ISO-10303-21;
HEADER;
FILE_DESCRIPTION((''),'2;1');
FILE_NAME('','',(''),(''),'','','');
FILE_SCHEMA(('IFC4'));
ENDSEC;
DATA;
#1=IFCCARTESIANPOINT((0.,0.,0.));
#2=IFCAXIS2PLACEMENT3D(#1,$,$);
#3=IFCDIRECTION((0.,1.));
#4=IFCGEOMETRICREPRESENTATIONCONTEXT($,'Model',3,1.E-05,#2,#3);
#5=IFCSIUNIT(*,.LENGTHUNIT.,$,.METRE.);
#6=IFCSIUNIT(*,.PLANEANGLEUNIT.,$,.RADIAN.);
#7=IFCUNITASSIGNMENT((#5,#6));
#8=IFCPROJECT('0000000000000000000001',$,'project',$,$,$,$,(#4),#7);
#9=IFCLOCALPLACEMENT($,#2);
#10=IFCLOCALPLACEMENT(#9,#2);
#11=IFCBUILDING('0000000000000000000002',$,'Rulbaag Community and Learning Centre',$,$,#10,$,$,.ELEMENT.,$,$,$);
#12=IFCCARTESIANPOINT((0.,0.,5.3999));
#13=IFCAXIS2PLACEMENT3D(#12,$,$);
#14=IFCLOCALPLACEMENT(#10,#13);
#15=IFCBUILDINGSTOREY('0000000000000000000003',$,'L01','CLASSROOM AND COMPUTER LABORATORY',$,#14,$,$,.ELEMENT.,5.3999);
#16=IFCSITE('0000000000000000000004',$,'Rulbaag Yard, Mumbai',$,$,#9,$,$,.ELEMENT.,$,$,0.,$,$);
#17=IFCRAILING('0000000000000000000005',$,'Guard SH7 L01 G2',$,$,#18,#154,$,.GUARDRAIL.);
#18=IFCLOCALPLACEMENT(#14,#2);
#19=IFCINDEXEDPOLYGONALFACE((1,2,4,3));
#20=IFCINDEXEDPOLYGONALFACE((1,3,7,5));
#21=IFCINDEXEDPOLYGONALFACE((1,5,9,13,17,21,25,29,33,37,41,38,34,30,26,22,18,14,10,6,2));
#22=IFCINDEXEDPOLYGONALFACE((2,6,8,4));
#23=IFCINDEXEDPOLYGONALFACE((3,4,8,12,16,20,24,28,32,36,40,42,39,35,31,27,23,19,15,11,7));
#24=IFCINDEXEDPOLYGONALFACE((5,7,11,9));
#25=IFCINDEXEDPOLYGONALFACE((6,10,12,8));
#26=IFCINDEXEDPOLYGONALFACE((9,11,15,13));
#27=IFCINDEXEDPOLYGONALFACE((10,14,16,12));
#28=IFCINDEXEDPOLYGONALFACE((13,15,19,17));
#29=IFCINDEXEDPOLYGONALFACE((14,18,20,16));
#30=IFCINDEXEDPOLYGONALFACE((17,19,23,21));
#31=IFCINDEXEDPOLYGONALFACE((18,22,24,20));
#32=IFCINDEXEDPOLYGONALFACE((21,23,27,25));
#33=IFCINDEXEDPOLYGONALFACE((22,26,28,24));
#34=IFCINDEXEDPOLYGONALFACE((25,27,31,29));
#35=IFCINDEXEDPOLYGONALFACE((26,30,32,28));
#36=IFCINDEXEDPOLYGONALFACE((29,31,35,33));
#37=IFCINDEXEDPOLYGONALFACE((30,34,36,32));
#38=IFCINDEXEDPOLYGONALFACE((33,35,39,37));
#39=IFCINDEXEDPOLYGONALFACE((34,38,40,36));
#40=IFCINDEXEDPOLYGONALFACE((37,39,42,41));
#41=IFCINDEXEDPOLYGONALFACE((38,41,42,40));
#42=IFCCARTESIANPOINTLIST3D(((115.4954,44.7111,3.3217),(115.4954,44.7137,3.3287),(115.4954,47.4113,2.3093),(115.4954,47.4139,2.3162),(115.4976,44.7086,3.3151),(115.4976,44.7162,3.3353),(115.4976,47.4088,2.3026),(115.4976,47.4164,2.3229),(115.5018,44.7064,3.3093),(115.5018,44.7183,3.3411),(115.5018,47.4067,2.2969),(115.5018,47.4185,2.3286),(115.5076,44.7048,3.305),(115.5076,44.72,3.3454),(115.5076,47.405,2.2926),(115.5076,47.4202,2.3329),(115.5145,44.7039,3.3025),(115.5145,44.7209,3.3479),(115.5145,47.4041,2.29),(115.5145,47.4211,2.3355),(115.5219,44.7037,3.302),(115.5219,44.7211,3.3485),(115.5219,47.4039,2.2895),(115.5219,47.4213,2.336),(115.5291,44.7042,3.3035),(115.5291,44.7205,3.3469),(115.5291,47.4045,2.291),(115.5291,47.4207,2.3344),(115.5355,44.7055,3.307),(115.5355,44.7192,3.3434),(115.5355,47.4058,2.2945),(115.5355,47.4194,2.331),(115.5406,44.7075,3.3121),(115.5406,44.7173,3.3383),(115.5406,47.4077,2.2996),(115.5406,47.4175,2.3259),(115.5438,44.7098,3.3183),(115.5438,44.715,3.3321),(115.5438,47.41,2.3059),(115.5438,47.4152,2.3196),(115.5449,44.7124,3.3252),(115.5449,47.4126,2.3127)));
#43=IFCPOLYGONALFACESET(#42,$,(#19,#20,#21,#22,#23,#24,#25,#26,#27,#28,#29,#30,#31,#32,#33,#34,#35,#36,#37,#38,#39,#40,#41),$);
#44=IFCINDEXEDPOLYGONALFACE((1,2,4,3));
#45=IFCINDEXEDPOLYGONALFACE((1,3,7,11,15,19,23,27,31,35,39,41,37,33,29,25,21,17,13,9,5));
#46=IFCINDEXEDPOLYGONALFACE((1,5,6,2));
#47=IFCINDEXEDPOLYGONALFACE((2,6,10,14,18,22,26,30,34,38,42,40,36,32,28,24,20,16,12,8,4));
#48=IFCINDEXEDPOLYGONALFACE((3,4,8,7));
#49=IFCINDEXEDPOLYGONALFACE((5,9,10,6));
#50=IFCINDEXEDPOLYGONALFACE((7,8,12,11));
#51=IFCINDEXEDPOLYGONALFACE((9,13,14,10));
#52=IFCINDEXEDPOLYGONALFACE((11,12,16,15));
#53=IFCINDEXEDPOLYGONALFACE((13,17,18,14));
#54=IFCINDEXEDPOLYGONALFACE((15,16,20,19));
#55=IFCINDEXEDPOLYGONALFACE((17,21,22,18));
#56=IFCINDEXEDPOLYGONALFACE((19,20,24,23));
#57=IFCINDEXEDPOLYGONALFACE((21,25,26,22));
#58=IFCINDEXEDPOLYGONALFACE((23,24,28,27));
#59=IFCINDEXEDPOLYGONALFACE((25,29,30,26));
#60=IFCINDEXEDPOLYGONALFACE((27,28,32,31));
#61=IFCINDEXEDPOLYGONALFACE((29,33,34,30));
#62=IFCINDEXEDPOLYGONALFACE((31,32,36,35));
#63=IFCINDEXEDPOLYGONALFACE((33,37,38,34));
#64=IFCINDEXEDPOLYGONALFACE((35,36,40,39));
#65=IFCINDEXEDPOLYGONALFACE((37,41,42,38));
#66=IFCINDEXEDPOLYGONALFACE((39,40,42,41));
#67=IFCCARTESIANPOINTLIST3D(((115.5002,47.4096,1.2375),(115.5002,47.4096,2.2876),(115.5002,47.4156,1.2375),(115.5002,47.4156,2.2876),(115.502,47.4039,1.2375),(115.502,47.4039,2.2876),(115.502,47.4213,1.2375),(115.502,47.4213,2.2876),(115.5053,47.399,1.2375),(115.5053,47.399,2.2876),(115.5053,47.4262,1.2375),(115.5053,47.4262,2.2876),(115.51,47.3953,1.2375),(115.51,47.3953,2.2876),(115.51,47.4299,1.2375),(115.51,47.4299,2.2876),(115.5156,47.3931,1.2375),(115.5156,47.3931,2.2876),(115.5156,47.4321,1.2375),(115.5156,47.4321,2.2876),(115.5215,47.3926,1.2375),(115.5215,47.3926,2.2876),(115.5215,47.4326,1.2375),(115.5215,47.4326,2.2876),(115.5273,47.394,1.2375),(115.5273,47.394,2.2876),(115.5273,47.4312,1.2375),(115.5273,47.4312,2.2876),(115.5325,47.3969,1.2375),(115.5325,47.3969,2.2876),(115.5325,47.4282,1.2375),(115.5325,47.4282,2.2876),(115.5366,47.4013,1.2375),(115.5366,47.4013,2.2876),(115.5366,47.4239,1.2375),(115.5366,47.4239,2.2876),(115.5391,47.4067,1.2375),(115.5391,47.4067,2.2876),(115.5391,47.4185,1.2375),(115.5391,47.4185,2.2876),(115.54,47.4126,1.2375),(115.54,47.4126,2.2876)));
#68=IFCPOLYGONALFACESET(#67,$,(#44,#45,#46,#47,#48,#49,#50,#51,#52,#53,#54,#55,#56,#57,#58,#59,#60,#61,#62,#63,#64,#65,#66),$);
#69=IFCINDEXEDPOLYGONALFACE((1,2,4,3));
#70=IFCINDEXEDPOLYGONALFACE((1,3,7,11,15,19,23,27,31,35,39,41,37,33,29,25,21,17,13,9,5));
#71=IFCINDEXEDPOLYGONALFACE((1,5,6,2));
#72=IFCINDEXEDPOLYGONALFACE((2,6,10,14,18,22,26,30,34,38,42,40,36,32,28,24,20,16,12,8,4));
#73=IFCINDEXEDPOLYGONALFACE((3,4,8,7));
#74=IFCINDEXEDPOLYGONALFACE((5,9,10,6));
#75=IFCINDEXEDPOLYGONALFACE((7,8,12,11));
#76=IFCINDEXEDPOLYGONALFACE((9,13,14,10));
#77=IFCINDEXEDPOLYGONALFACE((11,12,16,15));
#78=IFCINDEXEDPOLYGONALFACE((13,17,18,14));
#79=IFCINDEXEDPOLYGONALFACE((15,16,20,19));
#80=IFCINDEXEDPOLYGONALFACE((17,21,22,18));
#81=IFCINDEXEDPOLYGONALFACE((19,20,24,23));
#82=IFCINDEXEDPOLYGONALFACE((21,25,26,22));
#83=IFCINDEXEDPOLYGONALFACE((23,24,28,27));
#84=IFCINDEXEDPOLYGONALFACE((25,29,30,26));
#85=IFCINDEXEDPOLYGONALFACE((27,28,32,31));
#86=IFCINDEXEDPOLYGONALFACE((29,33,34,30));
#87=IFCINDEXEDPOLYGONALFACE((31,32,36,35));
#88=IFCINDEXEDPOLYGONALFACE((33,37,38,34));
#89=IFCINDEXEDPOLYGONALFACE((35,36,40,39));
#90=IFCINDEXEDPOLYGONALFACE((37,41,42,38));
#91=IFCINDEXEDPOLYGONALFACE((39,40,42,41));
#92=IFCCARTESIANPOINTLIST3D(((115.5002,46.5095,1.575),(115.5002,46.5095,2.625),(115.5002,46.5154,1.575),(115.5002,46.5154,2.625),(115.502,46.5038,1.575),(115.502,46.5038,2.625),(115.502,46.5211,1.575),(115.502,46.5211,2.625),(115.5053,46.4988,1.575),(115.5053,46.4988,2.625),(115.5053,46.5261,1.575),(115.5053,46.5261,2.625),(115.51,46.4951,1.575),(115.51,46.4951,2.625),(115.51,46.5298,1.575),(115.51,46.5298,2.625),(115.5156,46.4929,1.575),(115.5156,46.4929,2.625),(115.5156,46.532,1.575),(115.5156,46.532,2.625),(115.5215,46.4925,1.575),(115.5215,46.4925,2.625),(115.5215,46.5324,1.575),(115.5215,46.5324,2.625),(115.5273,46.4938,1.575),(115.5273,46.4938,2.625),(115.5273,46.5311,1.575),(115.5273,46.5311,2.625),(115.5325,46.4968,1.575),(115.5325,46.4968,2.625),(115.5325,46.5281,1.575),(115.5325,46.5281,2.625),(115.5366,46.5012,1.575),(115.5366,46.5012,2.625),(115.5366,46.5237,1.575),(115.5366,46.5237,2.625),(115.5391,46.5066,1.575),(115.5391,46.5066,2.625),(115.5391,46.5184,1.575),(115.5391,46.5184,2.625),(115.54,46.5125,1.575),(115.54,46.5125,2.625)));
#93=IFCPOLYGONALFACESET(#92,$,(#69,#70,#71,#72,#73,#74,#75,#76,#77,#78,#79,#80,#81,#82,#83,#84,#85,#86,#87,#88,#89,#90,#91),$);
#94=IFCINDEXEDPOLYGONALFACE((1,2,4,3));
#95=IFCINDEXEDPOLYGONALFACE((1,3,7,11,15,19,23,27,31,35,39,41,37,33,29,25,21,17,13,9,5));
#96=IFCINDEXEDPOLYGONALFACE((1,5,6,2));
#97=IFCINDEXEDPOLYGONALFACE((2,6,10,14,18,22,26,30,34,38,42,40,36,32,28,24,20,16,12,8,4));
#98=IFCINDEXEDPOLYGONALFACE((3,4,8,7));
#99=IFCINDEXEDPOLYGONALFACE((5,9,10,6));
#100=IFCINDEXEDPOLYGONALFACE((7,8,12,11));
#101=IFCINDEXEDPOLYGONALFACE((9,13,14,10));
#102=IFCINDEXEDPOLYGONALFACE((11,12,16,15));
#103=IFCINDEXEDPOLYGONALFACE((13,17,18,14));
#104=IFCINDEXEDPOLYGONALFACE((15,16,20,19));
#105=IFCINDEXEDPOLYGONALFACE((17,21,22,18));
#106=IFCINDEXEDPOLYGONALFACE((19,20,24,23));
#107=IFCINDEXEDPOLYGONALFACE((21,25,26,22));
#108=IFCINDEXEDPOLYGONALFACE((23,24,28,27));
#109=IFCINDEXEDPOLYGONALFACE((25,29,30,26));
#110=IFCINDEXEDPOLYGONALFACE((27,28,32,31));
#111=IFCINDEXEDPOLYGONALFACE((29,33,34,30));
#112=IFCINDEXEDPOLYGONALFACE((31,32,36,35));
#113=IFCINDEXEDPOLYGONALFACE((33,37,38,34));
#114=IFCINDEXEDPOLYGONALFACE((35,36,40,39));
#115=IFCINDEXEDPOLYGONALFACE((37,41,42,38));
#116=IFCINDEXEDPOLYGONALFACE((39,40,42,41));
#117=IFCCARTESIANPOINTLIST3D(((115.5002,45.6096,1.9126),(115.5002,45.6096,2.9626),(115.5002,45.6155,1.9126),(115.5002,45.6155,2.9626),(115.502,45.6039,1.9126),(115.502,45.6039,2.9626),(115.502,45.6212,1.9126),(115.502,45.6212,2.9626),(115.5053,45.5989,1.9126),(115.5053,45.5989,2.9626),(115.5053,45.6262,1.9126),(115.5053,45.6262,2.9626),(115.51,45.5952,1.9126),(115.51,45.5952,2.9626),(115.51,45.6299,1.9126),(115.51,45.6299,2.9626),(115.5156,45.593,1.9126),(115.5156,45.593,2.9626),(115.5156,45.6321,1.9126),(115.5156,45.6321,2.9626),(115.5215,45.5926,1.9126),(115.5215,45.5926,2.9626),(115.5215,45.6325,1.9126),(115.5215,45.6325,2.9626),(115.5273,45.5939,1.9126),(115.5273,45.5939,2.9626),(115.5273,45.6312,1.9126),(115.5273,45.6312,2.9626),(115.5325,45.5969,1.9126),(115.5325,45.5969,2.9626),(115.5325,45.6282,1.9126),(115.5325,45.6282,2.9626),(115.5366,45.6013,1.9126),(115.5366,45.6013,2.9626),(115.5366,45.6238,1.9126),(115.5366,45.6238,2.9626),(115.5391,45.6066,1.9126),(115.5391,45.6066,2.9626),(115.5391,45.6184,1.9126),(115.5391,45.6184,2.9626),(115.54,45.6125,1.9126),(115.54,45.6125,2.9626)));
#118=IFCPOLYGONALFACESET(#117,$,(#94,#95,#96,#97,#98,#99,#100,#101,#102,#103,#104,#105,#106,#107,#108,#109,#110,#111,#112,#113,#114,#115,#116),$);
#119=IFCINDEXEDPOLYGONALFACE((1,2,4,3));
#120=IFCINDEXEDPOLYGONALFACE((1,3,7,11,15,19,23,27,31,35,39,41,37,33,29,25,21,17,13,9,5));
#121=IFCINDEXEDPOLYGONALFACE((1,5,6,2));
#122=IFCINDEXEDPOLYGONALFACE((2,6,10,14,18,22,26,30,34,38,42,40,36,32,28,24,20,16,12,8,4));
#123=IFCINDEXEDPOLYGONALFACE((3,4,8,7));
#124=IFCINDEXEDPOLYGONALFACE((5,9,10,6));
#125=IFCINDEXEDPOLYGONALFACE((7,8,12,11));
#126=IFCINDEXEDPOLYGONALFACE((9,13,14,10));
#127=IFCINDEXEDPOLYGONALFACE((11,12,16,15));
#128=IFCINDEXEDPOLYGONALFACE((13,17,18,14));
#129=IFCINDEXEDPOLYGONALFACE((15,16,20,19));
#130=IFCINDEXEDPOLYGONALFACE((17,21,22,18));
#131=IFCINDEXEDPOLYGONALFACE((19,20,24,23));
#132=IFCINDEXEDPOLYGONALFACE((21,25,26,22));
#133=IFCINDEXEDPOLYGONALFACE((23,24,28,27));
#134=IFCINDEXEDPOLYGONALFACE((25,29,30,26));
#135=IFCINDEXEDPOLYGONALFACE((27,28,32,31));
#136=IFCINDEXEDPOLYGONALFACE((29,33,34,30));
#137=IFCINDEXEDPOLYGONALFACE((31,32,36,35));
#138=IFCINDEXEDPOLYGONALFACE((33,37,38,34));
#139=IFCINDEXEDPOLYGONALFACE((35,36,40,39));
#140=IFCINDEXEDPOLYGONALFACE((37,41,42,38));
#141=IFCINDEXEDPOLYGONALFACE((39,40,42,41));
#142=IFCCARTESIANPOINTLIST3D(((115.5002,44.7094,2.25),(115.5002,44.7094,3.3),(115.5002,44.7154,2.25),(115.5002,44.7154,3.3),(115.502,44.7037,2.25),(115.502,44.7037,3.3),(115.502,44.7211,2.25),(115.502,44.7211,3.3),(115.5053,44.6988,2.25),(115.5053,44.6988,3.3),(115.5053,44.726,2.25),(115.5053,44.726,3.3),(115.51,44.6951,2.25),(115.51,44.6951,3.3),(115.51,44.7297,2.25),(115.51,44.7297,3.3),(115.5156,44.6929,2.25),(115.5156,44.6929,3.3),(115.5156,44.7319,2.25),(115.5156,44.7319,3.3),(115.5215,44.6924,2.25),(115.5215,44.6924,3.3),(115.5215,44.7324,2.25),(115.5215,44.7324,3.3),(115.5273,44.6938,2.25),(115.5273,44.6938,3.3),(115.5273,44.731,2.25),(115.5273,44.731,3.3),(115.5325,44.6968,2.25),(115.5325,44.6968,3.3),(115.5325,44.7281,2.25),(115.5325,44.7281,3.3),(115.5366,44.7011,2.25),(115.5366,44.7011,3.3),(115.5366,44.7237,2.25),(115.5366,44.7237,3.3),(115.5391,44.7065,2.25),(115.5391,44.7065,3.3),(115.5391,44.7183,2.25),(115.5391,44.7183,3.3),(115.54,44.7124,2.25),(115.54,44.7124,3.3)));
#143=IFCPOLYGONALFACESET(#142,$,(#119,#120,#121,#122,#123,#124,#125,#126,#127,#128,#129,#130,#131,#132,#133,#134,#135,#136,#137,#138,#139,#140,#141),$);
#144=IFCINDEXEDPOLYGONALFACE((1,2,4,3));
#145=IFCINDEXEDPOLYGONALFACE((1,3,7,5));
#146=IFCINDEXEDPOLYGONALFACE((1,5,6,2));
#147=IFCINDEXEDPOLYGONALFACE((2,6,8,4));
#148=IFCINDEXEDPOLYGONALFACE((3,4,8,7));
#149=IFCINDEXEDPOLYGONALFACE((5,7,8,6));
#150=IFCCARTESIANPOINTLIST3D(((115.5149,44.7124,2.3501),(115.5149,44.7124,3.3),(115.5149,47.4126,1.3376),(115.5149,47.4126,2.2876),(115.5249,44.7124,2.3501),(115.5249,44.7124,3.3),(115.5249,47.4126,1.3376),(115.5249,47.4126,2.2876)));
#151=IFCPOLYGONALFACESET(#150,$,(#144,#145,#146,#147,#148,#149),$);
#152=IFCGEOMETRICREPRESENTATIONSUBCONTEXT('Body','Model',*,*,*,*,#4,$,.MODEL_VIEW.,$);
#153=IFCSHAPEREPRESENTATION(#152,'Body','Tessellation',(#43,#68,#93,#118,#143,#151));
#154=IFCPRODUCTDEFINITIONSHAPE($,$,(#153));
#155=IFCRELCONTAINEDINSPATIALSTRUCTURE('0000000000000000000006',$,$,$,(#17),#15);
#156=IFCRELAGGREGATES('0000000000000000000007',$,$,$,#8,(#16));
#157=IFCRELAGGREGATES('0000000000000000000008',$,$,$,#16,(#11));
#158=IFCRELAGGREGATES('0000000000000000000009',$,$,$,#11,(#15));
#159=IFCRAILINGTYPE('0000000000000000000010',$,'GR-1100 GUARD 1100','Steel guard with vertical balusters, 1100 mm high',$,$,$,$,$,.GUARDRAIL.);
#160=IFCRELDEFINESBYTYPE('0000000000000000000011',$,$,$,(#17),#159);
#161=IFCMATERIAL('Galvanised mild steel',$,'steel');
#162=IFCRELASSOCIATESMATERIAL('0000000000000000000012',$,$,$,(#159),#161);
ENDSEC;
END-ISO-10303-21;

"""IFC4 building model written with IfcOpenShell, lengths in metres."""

from ifc_helpers import new_model, si_unit, direction, frame, origin, origin_2d, place, context, subcontext, project, spatial, polyline, circle, outline, extrude, material, type_object, element, save


model = new_model("IFC4")

# Units and contexts
model_context = context("Model", 3, precision=1e-05, world=origin(), true_north=direction((0.0, 1.0)))
body_context = subcontext(model_context, "Body", "Model", "MODEL_VIEW")
ifc_project = project(units=[si_unit("LENGTHUNIT", "METRE"), si_unit("PLANEANGLEUNIT", "RADIAN")], contexts=[model_context])

# Site, building, storey
site_placement = place(None, origin())
site = spatial("IfcSite", under=ifc_project, at=site_placement, Name="Rulbaag Yard, Mumbai", CompositionType="ELEMENT", RefElevation=0.0)
building_placement = place(site_placement, origin())
building = spatial("IfcBuilding", under=site, at=building_placement, Name="Rulbaag Community and Learning Centre", CompositionType="ELEMENT")
storey_placement = place(building_placement, frame((0.0, 0.0, 5.3999)))
storey = spatial("IfcBuildingStorey", under=building, at=storey_placement, Name="L01", Description="CLASSROOM AND COMPUTER LABORATORY", CompositionType="ELEMENT", Elevation=5.3999)

# Railing
ifc_material_1 = material(Name="Galvanised mild steel", Category="steel")
railing_type = type_object("IfcRailingType", Name="GR-1100 GUARD 1100", Description="Steel guard with vertical balusters, 1100 mm high", PredefinedType="GUARDRAIL", material=ifc_material_1)
for number, where, name in (
    (1, (115.52, 47.4126, 1.2375), "Guard SH7 L01 G2"),
):
    element("IfcRailing", number, at=place(storey_placement, frame(where)), inside=storey, type_object=railing_type, Name=name, PredefinedType="GUARDRAIL", context=body_context, shape_type="SweptSolid", body=[
        extrude(circle(Radius=0.0249, at=origin_2d()), frame((0.0, 0.0, 1.0752), z_axis=(0.0, -0.936343, 0.351086), x_axis=(1.0, 0.0, 0.0)), (0.0, 0.0, 1.0), 2.8838),
        extrude(circle(Radius=0.02, at=origin_2d()), origin(), (0.0, 0.0, 1.0), 1.05),
        extrude(circle(Radius=0.02, at=origin_2d()), frame((0.0, -0.9001, 0.3374)), (0.0, 0.0, 1.0), 1.05),
        extrude(circle(Radius=0.02, at=origin_2d()), frame((0.0, -1.8, 0.675)), (0.0, 0.0, 1.0), 1.05),
        extrude(circle(Radius=0.02, at=origin_2d()), frame((0.0, -2.7002, 1.0125)), (0.0, 0.0, 1.0), 1.05),
        extrude(outline(polyline([(0.0, 0.0), (2.7002, 1.0125), (2.7002, 1.9624), (0.0, 0.95), (0.0, 0.0)])), frame((0.0049, 0.0, 0.1001), z_axis=(-1.0, 0.0, 0.0), x_axis=(0.0, -1.0, 0.0)), (0.0, 0.0, 1.0), 0.01),
    ])

save(model, "model.ifc")
